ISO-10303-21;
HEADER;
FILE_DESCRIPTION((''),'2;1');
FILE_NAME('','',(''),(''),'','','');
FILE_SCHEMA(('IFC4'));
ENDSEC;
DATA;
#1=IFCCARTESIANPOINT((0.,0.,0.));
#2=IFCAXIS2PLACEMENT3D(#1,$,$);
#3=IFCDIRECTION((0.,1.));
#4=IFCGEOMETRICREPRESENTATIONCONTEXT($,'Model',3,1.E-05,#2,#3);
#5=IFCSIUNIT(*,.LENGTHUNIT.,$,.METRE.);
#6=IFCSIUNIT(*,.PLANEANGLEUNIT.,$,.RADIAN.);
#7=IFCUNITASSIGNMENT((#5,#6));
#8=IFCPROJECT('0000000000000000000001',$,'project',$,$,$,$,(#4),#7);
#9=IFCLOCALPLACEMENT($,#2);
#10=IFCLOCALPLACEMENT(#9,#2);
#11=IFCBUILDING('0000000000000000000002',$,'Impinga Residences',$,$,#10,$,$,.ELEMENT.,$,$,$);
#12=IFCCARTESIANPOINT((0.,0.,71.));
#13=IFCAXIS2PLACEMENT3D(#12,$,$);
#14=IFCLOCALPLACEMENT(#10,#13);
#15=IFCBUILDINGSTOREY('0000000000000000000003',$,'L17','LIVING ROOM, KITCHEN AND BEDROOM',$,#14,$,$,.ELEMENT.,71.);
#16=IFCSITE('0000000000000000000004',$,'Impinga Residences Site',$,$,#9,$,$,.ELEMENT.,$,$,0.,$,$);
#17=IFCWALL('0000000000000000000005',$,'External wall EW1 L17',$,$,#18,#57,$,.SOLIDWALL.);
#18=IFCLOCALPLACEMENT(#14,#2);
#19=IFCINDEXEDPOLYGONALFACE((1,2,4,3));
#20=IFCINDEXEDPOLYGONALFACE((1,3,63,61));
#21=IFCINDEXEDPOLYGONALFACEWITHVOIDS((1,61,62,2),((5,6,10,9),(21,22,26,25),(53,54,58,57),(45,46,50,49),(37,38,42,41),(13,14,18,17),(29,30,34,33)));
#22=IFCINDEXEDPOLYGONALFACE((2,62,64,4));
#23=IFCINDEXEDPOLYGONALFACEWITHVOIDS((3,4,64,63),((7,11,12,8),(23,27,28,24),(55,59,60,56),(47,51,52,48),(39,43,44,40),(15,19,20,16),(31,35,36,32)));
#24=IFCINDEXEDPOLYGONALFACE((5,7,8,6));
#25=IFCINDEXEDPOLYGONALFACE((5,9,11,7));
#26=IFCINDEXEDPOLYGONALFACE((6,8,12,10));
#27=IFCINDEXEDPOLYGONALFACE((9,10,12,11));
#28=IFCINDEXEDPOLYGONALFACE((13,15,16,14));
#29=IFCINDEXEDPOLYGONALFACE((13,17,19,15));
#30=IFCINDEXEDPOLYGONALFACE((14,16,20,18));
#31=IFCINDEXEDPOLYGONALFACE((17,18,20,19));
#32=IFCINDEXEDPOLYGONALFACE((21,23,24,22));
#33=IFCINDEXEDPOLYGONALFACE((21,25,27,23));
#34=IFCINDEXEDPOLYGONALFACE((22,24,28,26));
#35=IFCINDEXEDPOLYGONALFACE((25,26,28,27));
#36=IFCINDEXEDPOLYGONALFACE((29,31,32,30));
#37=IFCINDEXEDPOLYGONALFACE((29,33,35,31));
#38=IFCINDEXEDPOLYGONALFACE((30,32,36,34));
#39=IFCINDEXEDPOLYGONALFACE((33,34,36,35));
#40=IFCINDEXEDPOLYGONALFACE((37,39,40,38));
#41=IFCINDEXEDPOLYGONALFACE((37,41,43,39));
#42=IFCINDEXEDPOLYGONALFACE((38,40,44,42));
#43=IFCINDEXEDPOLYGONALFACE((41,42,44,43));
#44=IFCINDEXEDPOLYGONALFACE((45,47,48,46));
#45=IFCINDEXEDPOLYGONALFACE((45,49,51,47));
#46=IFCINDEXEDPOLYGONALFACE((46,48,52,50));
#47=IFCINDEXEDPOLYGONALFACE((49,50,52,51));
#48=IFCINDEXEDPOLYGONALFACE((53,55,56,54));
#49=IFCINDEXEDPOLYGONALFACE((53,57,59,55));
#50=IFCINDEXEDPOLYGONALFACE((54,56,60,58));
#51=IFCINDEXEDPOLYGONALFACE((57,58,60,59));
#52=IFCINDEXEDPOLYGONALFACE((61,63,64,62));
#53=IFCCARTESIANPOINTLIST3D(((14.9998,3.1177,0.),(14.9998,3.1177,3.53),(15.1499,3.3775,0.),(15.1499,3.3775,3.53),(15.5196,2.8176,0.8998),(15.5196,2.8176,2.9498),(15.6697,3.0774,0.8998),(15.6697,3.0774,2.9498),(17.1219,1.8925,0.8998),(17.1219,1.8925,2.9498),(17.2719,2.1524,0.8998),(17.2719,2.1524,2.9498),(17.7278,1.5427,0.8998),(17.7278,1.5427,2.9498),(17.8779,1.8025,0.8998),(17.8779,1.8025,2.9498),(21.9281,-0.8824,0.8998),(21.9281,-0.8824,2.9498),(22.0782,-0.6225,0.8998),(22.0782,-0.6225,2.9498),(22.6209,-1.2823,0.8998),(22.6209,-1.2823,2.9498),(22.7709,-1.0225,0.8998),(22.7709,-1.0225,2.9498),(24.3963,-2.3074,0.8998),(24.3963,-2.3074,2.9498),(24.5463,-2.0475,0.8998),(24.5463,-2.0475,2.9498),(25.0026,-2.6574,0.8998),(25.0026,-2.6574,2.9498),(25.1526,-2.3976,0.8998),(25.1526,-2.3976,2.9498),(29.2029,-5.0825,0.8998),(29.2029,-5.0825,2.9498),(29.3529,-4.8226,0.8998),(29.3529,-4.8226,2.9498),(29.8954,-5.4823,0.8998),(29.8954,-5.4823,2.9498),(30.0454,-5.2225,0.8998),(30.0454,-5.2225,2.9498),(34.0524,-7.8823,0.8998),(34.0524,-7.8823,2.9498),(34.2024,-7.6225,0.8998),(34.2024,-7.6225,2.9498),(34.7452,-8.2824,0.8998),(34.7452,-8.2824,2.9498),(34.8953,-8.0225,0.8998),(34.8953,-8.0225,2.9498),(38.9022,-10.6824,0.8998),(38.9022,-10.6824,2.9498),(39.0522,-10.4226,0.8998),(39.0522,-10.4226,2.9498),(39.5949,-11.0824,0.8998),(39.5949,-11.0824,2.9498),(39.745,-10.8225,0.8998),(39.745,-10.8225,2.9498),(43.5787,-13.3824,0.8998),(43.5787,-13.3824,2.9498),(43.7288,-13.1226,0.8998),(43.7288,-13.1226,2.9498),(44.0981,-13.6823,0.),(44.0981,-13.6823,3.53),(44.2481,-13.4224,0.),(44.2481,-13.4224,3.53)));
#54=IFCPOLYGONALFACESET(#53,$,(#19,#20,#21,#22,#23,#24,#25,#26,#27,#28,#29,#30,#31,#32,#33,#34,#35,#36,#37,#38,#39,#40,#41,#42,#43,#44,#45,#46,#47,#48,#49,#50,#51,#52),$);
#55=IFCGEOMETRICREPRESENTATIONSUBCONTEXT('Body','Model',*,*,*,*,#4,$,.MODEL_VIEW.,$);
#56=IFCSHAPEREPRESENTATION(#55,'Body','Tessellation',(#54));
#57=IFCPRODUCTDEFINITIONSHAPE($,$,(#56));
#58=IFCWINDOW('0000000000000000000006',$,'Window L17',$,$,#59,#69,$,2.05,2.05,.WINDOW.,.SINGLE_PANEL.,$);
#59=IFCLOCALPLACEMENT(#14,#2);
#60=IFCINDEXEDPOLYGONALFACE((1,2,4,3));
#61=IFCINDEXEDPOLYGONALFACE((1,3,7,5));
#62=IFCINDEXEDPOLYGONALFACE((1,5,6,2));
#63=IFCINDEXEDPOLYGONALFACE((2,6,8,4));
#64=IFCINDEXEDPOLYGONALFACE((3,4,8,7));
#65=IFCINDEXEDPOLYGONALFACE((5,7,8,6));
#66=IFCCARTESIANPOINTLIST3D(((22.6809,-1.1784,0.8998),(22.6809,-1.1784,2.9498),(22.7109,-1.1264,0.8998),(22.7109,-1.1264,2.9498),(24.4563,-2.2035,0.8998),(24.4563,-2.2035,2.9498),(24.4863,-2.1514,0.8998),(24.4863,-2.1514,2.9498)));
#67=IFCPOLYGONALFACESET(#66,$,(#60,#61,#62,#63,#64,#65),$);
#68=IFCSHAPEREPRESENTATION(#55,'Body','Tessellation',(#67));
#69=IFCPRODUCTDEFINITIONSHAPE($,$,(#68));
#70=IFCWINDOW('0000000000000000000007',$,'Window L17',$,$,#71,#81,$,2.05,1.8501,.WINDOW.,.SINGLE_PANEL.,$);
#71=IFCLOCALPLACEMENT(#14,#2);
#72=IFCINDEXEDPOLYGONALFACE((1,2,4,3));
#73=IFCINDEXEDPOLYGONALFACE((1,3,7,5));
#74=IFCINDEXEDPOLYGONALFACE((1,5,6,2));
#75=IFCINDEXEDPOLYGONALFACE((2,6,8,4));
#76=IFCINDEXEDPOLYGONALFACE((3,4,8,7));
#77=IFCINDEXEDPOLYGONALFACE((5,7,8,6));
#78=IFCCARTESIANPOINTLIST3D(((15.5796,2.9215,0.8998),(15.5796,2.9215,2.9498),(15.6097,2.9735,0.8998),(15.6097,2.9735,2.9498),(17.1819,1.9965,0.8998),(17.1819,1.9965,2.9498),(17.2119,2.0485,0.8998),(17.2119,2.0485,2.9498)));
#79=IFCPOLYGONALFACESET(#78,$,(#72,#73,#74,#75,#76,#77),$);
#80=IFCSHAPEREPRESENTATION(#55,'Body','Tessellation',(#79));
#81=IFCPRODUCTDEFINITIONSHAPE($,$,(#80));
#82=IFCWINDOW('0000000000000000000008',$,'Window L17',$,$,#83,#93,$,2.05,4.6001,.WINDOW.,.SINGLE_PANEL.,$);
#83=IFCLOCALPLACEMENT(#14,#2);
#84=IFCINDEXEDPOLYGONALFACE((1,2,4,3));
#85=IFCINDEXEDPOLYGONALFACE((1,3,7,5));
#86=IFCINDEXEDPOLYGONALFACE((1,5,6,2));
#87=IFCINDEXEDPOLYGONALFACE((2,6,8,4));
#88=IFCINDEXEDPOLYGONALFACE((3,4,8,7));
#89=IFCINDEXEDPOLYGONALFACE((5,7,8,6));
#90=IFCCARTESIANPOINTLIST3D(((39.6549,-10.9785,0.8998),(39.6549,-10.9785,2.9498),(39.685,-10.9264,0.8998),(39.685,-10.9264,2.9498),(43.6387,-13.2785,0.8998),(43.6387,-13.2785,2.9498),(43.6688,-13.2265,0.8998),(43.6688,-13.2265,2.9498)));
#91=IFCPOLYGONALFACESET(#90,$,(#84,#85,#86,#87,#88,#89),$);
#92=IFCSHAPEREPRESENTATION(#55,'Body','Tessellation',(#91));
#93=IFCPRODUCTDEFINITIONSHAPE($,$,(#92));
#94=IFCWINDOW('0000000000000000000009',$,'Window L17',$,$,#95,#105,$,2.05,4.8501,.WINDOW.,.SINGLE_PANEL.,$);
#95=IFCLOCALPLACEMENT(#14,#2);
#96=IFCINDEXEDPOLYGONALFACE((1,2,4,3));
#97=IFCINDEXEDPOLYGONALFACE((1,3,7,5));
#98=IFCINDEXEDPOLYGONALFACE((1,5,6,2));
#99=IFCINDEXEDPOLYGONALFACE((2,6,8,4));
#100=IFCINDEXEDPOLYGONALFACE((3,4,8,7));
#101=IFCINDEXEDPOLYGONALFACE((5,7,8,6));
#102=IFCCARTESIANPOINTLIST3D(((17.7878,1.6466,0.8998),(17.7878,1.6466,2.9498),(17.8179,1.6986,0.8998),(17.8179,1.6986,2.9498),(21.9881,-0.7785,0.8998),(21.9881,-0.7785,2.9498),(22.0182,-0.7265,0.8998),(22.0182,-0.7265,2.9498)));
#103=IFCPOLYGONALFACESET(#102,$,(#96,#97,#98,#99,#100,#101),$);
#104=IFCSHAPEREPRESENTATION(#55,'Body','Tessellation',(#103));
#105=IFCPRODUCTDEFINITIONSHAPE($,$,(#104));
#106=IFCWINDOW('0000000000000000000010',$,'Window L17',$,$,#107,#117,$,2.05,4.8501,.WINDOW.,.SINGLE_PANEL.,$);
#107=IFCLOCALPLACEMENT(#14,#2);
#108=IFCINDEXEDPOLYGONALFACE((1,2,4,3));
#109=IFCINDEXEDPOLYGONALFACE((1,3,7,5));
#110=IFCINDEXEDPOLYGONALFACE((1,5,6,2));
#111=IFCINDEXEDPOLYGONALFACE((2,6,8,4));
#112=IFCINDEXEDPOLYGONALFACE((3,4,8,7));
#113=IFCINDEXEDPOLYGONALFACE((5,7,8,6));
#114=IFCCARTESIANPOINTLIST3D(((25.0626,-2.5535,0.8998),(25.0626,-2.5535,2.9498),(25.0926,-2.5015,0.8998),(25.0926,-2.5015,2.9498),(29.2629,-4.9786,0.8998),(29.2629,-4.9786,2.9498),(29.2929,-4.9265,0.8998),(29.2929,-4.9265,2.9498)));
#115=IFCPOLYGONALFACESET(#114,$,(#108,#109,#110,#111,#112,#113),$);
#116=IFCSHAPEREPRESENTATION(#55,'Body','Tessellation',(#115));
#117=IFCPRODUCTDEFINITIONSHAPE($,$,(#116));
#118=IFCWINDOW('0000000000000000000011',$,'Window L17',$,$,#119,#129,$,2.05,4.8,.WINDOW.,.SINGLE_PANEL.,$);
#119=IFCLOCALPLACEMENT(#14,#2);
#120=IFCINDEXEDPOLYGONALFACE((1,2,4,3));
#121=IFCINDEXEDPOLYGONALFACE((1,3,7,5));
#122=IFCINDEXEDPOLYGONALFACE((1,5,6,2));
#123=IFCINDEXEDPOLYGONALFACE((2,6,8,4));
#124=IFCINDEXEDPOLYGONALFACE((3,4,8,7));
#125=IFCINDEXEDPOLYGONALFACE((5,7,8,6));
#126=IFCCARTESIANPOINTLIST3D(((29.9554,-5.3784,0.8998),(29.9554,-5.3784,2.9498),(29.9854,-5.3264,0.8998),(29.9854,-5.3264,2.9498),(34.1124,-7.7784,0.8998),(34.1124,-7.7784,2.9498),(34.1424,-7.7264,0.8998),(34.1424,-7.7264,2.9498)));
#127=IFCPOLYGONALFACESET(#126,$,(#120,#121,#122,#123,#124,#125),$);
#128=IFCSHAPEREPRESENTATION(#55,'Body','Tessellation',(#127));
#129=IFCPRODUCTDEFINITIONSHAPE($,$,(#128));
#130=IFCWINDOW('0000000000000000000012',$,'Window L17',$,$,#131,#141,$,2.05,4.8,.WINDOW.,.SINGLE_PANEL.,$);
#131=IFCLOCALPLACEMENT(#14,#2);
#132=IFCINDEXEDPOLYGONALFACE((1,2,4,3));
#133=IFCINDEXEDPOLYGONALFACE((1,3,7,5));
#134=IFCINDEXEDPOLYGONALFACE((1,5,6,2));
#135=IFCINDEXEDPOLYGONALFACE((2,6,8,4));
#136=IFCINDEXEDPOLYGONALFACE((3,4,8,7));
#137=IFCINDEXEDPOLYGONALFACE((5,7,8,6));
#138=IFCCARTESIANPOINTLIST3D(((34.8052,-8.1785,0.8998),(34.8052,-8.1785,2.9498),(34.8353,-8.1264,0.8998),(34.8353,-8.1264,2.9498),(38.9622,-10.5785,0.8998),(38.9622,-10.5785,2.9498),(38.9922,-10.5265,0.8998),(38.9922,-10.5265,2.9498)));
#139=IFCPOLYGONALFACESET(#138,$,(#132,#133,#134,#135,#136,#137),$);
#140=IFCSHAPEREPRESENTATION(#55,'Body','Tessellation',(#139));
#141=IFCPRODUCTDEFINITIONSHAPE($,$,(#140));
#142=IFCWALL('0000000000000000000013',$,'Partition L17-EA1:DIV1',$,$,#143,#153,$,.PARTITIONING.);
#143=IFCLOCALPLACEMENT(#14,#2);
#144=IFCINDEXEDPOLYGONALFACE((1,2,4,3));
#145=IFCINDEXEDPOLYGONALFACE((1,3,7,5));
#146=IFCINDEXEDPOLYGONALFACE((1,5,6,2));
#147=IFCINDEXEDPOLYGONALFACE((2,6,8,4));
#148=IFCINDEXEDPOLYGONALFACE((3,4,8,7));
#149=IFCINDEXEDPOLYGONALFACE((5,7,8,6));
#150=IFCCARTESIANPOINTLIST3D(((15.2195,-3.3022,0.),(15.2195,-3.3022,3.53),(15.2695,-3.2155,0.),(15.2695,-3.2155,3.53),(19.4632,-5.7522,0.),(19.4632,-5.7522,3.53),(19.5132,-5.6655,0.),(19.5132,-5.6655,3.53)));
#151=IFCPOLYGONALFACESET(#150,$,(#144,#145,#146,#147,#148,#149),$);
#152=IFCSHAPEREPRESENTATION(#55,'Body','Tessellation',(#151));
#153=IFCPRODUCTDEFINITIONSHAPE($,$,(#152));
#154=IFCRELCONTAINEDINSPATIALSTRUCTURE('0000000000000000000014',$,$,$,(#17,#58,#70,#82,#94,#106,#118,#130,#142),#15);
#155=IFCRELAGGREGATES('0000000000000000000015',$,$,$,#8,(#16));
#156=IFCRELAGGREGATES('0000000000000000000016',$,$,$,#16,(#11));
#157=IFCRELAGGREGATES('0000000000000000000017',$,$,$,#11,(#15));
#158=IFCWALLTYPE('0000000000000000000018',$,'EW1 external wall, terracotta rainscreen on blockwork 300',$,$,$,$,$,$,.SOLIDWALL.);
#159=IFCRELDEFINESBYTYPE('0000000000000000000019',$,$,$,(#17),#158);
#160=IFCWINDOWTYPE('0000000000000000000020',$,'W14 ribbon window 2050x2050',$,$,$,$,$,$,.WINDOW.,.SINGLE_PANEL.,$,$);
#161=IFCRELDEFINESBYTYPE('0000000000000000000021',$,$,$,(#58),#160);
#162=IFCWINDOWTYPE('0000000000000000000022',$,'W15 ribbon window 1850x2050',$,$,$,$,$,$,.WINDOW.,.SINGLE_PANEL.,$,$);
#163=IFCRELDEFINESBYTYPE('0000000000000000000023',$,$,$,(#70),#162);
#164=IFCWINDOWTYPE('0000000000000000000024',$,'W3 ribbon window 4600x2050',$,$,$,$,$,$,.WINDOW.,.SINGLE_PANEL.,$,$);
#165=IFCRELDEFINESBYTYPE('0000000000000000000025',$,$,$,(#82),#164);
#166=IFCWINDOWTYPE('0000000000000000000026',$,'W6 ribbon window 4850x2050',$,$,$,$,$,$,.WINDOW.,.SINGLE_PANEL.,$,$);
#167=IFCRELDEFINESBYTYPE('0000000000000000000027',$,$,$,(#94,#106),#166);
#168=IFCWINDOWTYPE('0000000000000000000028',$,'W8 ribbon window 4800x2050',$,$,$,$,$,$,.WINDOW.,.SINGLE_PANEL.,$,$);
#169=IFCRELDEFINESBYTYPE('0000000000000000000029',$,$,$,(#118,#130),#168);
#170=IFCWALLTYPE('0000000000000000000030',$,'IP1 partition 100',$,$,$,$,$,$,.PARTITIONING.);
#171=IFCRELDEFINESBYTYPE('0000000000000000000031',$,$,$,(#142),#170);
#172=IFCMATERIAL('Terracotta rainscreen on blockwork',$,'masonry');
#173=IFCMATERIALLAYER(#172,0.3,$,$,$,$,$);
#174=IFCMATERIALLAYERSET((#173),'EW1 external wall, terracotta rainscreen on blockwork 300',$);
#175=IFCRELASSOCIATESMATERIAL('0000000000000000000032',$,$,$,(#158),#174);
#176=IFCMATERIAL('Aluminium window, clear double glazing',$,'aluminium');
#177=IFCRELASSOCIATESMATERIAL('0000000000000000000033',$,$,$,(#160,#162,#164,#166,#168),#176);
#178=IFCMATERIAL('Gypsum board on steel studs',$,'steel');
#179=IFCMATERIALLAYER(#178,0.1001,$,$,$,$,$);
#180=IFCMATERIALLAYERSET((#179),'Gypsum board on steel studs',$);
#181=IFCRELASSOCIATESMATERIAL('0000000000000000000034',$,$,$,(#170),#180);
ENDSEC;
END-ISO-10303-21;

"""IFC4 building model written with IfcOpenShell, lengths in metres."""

from ifc_helpers import new_model, si_unit, direction, frame, frame_2d, origin, place, context, subcontext, project, spatial, rectangle, extrude, material, layer, layer_set, type_object, element, fill, save


model = new_model("IFC4")

# Units and contexts
model_context = context("Model", 3, precision=1e-05, world=origin(), true_north=direction((0.0, 1.0)))
body_context = subcontext(model_context, "Body", "Model", "MODEL_VIEW")
ifc_project = project(units=[si_unit("LENGTHUNIT", "METRE"), si_unit("PLANEANGLEUNIT", "RADIAN")], contexts=[model_context])

# Site, building, storey
site_placement = place(None, origin())
site = spatial("IfcSite", under=ifc_project, at=site_placement, Name="Impinga Residences Site", CompositionType="ELEMENT", RefElevation=0.0)
building_placement = place(site_placement, origin())
building = spatial("IfcBuilding", under=site, at=building_placement, Name="Impinga Residences", CompositionType="ELEMENT")
storey_placement = place(building_placement, frame((0.0, 0.0, 71.0)))
storey = spatial("IfcBuildingStorey", under=building, at=storey_placement, Name="L17", Description="LIVING ROOM, KITCHEN AND BEDROOM", CompositionType="ELEMENT", Elevation=71.0)

# Wall, openings, windows
ifc_material_1 = material(Name="Terracotta rainscreen on blockwork", Category="masonry")
ifc_layer_1 = layer(ifc_material_1, 0.3)
ifc_layer_set_1 = layer_set([ifc_layer_1], Name="EW1 external wall, terracotta rainscreen on blockwork 300")
wall_type_1 = type_object("IfcWallType", Name="EW1 external wall, terracotta rainscreen on blockwork 300", PredefinedType="SOLIDWALL", material=ifc_layer_set_1)
wall_1_placement = place(storey_placement, frame((15.075, 3.2476, 0.0), z_axis=(0.0, 0.0, 1.0), x_axis=(0.866024, -0.500002, 0.0)))
wall_1 = element("IfcWall", 1, at=wall_1_placement, inside=storey, type_object=wall_type_1, Name="External wall EW1 L17", PredefinedType="SOLIDWALL", context=body_context, shape_type="SweptSolid", body=[
    extrude(rectangle(XDim=33.5999, YDim=0.3, at=frame_2d((16.7998, 0.0))), origin(), (0.0, 0.0, 1.0), 3.53),
])
opening_1_placement = place(wall_1_placement, frame((0.6001, 0.0, 0.8999)))
opening_1 = element("IfcOpeningElement", 2, at=opening_1_placement, cuts=wall_1, PredefinedType="OPENING", context=body_context, shape_type="SweptSolid", body=[
    extrude(rectangle(XDim=1.8501, YDim=2.05, at=frame_2d((0.925, 1.0249))), frame((0.0, 0.1599, 0.0), z_axis=(0.0, -1.0, 0.0), x_axis=(1.0, 0.0, 0.0)), (0.0, 0.0, 1.0), 0.3201),
])
opening_2_placement = place(wall_1_placement, frame((3.1499, 0.0, 0.8999)))
opening_2 = element("IfcOpeningElement", 3, at=opening_2_placement, cuts=wall_1, PredefinedType="OPENING", context=body_context, shape_type="SweptSolid", body=[
    extrude(rectangle(XDim=4.8501, YDim=2.05, at=frame_2d((2.425, 1.0249))), frame((0.0, 0.1599, 0.0), z_axis=(0.0, -1.0, 0.0), x_axis=(1.0, 0.0, 0.0)), (0.0, 0.0, 1.0), 0.3201),
])
opening_3_placement = place(wall_1_placement, frame((8.8, 0.0, 0.8999)))
opening_3 = element("IfcOpeningElement", 4, at=opening_3_placement, cuts=wall_1, PredefinedType="OPENING", context=body_context, shape_type="SweptSolid", body=[
    extrude(rectangle(XDim=2.05, YDim=2.05, at=frame_2d((1.0249, 1.0249))), frame((0.0, 0.1599, 0.0), z_axis=(0.0, -1.0, 0.0), x_axis=(1.0, 0.0, 0.0)), (0.0, 0.0, 1.0), 0.3201),
])
opening_4_placement = place(wall_1_placement, frame((11.55, 0.0, 0.8999)))
opening_4 = element("IfcOpeningElement", 5, at=opening_4_placement, cuts=wall_1, PredefinedType="OPENING", context=body_context, shape_type="SweptSolid", body=[
    extrude(rectangle(XDim=4.8501, YDim=2.05, at=frame_2d((2.425, 1.0249))), frame((0.0, 0.1599, 0.0), z_axis=(0.0, -1.0, 0.0), x_axis=(1.0, 0.0, 0.0)), (0.0, 0.0, 1.0), 0.3201),
])
opening_5_placement = place(wall_1_placement, frame((17.2, 0.0, 0.8999)))
opening_5 = element("IfcOpeningElement", 6, at=opening_5_placement, cuts=wall_1, PredefinedType="OPENING", context=body_context, shape_type="SweptSolid", body=[
    extrude(rectangle(XDim=4.8, YDim=2.05, at=frame_2d((2.3999, 1.0249))), frame((0.0, 0.1599, 0.0), z_axis=(0.0, -1.0, 0.0), x_axis=(1.0, 0.0, 0.0)), (0.0, 0.0, 1.0), 0.3201),
])
opening_6_placement = place(wall_1_placement, frame((22.8, 0.0, 0.8999)))
opening_6 = element("IfcOpeningElement", 7, at=opening_6_placement, cuts=wall_1, PredefinedType="OPENING", context=body_context, shape_type="SweptSolid", body=[
    extrude(rectangle(XDim=4.8, YDim=2.05, at=frame_2d((2.3999, 1.0249))), frame((0.0, 0.1599, 0.0), z_axis=(0.0, -1.0, 0.0), x_axis=(1.0, 0.0, 0.0)), (0.0, 0.0, 1.0), 0.3201),
])
opening_7_placement = place(wall_1_placement, frame((28.3999, 0.0, 0.8999)))
opening_7 = element("IfcOpeningElement", 8, at=opening_7_placement, cuts=wall_1, PredefinedType="OPENING", context=body_context, shape_type="SweptSolid", body=[
    extrude(rectangle(XDim=4.6001, YDim=2.05, at=frame_2d((2.3, 1.0249))), frame((0.0, 0.1599, 0.0), z_axis=(0.0, -1.0, 0.0), x_axis=(1.0, 0.0, 0.0)), (0.0, 0.0, 1.0), 0.3201),
])
ifc_material_2 = material(Name="Aluminium window, clear double glazing", Category="aluminium")
window_type_1 = type_object("IfcWindowType", Name="W14 ribbon window 2050x2050", PartitioningType="SINGLE_PANEL", PredefinedType="WINDOW", material=ifc_material_2)
window_1_placement = place(opening_3_placement, origin())
window_1 = element("IfcWindow", 9, at=window_1_placement, inside=storey, type_object=window_type_1, Name="Window L17", OverallHeight=2.05, OverallWidth=2.05, PartitioningType="SINGLE_PANEL", PredefinedType="WINDOW", context=body_context, shape_type="SweptSolid", body=[
    extrude(rectangle(XDim=2.05, YDim=2.05, at=frame_2d((1.0249, 1.0249))), frame((0.0, 0.03, 0.0), z_axis=(0.0, -1.0, 0.0), x_axis=(1.0, 0.0, 0.0)), (0.0, 0.0, 1.0), 0.0601),
])
fill(opening_3, window_1)
window_type_2 = type_object("IfcWindowType", Name="W15 ribbon window 1850x2050", PartitioningType="SINGLE_PANEL", PredefinedType="WINDOW", material=ifc_material_2)
window_2_placement = place(opening_1_placement, origin())
window_2 = element("IfcWindow", 10, at=window_2_placement, inside=storey, type_object=window_type_2, Name="Window L17", OverallHeight=2.05, OverallWidth=1.8501, PartitioningType="SINGLE_PANEL", PredefinedType="WINDOW", context=body_context, shape_type="SweptSolid", body=[
    extrude(rectangle(XDim=1.8501, YDim=2.05, at=frame_2d((0.925, 1.0249))), frame((0.0, 0.03, 0.0), z_axis=(0.0, -1.0, 0.0), x_axis=(1.0, 0.0, 0.0)), (0.0, 0.0, 1.0), 0.0601),
])
fill(opening_1, window_2)
window_type_3 = type_object("IfcWindowType", Name="W3 ribbon window 4600x2050", PartitioningType="SINGLE_PANEL", PredefinedType="WINDOW", material=ifc_material_2)
window_3_placement = place(opening_7_placement, origin())
window_3 = element("IfcWindow", 11, at=window_3_placement, inside=storey, type_object=window_type_3, Name="Window L17", OverallHeight=2.05, OverallWidth=4.6001, PartitioningType="SINGLE_PANEL", PredefinedType="WINDOW", context=body_context, shape_type="SweptSolid", body=[
    extrude(rectangle(XDim=4.6001, YDim=2.05, at=frame_2d((2.3, 1.0249))), frame((0.0, 0.03, 0.0), z_axis=(0.0, -1.0, 0.0), x_axis=(1.0, 0.0, 0.0)), (0.0, 0.0, 1.0), 0.0601),
])
fill(opening_7, window_3)
window_type_4 = type_object("IfcWindowType", Name="W6 ribbon window 4850x2050", PartitioningType="SINGLE_PANEL", PredefinedType="WINDOW", material=ifc_material_2)
window_4_placement = place(opening_2_placement, origin())
window_4 = element("IfcWindow", 12, at=window_4_placement, inside=storey, type_object=window_type_4, Name="Window L17", OverallHeight=2.05, OverallWidth=4.8501, PartitioningType="SINGLE_PANEL", PredefinedType="WINDOW", context=body_context, shape_type="SweptSolid", body=[
    extrude(rectangle(XDim=4.8501, YDim=2.05, at=frame_2d((2.425, 1.0249))), frame((0.0, 0.03, 0.0), z_axis=(0.0, -1.0, 0.0), x_axis=(1.0, 0.0, 0.0)), (0.0, 0.0, 1.0), 0.0601),
])
fill(opening_2, window_4)
window_5_placement = place(opening_4_placement, origin())
window_5 = element("IfcWindow", 13, at=window_5_placement, inside=storey, type_object=window_type_4, Name="Window L17", OverallHeight=2.05, OverallWidth=4.8501, PartitioningType="SINGLE_PANEL", PredefinedType="WINDOW", context=body_context, shape_type="SweptSolid", body=[
    extrude(rectangle(XDim=4.8501, YDim=2.05, at=frame_2d((2.425, 1.0249))), frame((0.0, 0.03, 0.0), z_axis=(0.0, -1.0, 0.0), x_axis=(1.0, 0.0, 0.0)), (0.0, 0.0, 1.0), 0.0601),
])
fill(opening_4, window_5)
window_type_5 = type_object("IfcWindowType", Name="W8 ribbon window 4800x2050", PartitioningType="SINGLE_PANEL", PredefinedType="WINDOW", material=ifc_material_2)
window_6_placement = place(opening_5_placement, origin())
window_6 = element("IfcWindow", 14, at=window_6_placement, inside=storey, type_object=window_type_5, Name="Window L17", OverallHeight=2.05, OverallWidth=4.8, PartitioningType="SINGLE_PANEL", PredefinedType="WINDOW", context=body_context, shape_type="SweptSolid", body=[
    extrude(rectangle(XDim=4.8, YDim=2.05, at=frame_2d((2.3999, 1.0249))), frame((0.0, 0.03, 0.0), z_axis=(0.0, -1.0, 0.0), x_axis=(1.0, 0.0, 0.0)), (0.0, 0.0, 1.0), 0.0601),
])
fill(opening_5, window_6)
window_7_placement = place(opening_6_placement, origin())
window_7 = element("IfcWindow", 15, at=window_7_placement, inside=storey, type_object=window_type_5, Name="Window L17", OverallHeight=2.05, OverallWidth=4.8, PartitioningType="SINGLE_PANEL", PredefinedType="WINDOW", context=body_context, shape_type="SweptSolid", body=[
    extrude(rectangle(XDim=4.8, YDim=2.05, at=frame_2d((2.3999, 1.0249))), frame((0.0, 0.03, 0.0), z_axis=(0.0, -1.0, 0.0), x_axis=(1.0, 0.0, 0.0)), (0.0, 0.0, 1.0), 0.0601),
])
fill(opening_6, window_7)

# Wall
ifc_material_3 = material(Name="Gypsum board on steel studs", Category="steel")
ifc_layer_2 = layer(ifc_material_3, 0.1001)
ifc_layer_set_2 = layer_set([ifc_layer_2], Name="Gypsum board on steel studs")
wall_type_2 = type_object("IfcWallType", Name="IP1 partition 100", PredefinedType="PARTITIONING", material=ifc_layer_set_2)
wall_2_placement = place(storey_placement, frame((15.2444, -3.2588, 0.0), z_axis=(0.0, 0.0, 1.0), x_axis=(0.866036, -0.499981, 0.0)))
element("IfcWall", 16, at=wall_2_placement, inside=storey, type_object=wall_type_2, Name="Partition L17-EA1:DIV1", PredefinedType="PARTITIONING", context=body_context, shape_type="SweptSolid", body=[
    extrude(rectangle(XDim=4.9001, YDim=0.1001, at=frame_2d((2.4502, 0.0))), origin(), (0.0, 0.0, 1.0), 3.53),
])

save(model, "model.ifc")
